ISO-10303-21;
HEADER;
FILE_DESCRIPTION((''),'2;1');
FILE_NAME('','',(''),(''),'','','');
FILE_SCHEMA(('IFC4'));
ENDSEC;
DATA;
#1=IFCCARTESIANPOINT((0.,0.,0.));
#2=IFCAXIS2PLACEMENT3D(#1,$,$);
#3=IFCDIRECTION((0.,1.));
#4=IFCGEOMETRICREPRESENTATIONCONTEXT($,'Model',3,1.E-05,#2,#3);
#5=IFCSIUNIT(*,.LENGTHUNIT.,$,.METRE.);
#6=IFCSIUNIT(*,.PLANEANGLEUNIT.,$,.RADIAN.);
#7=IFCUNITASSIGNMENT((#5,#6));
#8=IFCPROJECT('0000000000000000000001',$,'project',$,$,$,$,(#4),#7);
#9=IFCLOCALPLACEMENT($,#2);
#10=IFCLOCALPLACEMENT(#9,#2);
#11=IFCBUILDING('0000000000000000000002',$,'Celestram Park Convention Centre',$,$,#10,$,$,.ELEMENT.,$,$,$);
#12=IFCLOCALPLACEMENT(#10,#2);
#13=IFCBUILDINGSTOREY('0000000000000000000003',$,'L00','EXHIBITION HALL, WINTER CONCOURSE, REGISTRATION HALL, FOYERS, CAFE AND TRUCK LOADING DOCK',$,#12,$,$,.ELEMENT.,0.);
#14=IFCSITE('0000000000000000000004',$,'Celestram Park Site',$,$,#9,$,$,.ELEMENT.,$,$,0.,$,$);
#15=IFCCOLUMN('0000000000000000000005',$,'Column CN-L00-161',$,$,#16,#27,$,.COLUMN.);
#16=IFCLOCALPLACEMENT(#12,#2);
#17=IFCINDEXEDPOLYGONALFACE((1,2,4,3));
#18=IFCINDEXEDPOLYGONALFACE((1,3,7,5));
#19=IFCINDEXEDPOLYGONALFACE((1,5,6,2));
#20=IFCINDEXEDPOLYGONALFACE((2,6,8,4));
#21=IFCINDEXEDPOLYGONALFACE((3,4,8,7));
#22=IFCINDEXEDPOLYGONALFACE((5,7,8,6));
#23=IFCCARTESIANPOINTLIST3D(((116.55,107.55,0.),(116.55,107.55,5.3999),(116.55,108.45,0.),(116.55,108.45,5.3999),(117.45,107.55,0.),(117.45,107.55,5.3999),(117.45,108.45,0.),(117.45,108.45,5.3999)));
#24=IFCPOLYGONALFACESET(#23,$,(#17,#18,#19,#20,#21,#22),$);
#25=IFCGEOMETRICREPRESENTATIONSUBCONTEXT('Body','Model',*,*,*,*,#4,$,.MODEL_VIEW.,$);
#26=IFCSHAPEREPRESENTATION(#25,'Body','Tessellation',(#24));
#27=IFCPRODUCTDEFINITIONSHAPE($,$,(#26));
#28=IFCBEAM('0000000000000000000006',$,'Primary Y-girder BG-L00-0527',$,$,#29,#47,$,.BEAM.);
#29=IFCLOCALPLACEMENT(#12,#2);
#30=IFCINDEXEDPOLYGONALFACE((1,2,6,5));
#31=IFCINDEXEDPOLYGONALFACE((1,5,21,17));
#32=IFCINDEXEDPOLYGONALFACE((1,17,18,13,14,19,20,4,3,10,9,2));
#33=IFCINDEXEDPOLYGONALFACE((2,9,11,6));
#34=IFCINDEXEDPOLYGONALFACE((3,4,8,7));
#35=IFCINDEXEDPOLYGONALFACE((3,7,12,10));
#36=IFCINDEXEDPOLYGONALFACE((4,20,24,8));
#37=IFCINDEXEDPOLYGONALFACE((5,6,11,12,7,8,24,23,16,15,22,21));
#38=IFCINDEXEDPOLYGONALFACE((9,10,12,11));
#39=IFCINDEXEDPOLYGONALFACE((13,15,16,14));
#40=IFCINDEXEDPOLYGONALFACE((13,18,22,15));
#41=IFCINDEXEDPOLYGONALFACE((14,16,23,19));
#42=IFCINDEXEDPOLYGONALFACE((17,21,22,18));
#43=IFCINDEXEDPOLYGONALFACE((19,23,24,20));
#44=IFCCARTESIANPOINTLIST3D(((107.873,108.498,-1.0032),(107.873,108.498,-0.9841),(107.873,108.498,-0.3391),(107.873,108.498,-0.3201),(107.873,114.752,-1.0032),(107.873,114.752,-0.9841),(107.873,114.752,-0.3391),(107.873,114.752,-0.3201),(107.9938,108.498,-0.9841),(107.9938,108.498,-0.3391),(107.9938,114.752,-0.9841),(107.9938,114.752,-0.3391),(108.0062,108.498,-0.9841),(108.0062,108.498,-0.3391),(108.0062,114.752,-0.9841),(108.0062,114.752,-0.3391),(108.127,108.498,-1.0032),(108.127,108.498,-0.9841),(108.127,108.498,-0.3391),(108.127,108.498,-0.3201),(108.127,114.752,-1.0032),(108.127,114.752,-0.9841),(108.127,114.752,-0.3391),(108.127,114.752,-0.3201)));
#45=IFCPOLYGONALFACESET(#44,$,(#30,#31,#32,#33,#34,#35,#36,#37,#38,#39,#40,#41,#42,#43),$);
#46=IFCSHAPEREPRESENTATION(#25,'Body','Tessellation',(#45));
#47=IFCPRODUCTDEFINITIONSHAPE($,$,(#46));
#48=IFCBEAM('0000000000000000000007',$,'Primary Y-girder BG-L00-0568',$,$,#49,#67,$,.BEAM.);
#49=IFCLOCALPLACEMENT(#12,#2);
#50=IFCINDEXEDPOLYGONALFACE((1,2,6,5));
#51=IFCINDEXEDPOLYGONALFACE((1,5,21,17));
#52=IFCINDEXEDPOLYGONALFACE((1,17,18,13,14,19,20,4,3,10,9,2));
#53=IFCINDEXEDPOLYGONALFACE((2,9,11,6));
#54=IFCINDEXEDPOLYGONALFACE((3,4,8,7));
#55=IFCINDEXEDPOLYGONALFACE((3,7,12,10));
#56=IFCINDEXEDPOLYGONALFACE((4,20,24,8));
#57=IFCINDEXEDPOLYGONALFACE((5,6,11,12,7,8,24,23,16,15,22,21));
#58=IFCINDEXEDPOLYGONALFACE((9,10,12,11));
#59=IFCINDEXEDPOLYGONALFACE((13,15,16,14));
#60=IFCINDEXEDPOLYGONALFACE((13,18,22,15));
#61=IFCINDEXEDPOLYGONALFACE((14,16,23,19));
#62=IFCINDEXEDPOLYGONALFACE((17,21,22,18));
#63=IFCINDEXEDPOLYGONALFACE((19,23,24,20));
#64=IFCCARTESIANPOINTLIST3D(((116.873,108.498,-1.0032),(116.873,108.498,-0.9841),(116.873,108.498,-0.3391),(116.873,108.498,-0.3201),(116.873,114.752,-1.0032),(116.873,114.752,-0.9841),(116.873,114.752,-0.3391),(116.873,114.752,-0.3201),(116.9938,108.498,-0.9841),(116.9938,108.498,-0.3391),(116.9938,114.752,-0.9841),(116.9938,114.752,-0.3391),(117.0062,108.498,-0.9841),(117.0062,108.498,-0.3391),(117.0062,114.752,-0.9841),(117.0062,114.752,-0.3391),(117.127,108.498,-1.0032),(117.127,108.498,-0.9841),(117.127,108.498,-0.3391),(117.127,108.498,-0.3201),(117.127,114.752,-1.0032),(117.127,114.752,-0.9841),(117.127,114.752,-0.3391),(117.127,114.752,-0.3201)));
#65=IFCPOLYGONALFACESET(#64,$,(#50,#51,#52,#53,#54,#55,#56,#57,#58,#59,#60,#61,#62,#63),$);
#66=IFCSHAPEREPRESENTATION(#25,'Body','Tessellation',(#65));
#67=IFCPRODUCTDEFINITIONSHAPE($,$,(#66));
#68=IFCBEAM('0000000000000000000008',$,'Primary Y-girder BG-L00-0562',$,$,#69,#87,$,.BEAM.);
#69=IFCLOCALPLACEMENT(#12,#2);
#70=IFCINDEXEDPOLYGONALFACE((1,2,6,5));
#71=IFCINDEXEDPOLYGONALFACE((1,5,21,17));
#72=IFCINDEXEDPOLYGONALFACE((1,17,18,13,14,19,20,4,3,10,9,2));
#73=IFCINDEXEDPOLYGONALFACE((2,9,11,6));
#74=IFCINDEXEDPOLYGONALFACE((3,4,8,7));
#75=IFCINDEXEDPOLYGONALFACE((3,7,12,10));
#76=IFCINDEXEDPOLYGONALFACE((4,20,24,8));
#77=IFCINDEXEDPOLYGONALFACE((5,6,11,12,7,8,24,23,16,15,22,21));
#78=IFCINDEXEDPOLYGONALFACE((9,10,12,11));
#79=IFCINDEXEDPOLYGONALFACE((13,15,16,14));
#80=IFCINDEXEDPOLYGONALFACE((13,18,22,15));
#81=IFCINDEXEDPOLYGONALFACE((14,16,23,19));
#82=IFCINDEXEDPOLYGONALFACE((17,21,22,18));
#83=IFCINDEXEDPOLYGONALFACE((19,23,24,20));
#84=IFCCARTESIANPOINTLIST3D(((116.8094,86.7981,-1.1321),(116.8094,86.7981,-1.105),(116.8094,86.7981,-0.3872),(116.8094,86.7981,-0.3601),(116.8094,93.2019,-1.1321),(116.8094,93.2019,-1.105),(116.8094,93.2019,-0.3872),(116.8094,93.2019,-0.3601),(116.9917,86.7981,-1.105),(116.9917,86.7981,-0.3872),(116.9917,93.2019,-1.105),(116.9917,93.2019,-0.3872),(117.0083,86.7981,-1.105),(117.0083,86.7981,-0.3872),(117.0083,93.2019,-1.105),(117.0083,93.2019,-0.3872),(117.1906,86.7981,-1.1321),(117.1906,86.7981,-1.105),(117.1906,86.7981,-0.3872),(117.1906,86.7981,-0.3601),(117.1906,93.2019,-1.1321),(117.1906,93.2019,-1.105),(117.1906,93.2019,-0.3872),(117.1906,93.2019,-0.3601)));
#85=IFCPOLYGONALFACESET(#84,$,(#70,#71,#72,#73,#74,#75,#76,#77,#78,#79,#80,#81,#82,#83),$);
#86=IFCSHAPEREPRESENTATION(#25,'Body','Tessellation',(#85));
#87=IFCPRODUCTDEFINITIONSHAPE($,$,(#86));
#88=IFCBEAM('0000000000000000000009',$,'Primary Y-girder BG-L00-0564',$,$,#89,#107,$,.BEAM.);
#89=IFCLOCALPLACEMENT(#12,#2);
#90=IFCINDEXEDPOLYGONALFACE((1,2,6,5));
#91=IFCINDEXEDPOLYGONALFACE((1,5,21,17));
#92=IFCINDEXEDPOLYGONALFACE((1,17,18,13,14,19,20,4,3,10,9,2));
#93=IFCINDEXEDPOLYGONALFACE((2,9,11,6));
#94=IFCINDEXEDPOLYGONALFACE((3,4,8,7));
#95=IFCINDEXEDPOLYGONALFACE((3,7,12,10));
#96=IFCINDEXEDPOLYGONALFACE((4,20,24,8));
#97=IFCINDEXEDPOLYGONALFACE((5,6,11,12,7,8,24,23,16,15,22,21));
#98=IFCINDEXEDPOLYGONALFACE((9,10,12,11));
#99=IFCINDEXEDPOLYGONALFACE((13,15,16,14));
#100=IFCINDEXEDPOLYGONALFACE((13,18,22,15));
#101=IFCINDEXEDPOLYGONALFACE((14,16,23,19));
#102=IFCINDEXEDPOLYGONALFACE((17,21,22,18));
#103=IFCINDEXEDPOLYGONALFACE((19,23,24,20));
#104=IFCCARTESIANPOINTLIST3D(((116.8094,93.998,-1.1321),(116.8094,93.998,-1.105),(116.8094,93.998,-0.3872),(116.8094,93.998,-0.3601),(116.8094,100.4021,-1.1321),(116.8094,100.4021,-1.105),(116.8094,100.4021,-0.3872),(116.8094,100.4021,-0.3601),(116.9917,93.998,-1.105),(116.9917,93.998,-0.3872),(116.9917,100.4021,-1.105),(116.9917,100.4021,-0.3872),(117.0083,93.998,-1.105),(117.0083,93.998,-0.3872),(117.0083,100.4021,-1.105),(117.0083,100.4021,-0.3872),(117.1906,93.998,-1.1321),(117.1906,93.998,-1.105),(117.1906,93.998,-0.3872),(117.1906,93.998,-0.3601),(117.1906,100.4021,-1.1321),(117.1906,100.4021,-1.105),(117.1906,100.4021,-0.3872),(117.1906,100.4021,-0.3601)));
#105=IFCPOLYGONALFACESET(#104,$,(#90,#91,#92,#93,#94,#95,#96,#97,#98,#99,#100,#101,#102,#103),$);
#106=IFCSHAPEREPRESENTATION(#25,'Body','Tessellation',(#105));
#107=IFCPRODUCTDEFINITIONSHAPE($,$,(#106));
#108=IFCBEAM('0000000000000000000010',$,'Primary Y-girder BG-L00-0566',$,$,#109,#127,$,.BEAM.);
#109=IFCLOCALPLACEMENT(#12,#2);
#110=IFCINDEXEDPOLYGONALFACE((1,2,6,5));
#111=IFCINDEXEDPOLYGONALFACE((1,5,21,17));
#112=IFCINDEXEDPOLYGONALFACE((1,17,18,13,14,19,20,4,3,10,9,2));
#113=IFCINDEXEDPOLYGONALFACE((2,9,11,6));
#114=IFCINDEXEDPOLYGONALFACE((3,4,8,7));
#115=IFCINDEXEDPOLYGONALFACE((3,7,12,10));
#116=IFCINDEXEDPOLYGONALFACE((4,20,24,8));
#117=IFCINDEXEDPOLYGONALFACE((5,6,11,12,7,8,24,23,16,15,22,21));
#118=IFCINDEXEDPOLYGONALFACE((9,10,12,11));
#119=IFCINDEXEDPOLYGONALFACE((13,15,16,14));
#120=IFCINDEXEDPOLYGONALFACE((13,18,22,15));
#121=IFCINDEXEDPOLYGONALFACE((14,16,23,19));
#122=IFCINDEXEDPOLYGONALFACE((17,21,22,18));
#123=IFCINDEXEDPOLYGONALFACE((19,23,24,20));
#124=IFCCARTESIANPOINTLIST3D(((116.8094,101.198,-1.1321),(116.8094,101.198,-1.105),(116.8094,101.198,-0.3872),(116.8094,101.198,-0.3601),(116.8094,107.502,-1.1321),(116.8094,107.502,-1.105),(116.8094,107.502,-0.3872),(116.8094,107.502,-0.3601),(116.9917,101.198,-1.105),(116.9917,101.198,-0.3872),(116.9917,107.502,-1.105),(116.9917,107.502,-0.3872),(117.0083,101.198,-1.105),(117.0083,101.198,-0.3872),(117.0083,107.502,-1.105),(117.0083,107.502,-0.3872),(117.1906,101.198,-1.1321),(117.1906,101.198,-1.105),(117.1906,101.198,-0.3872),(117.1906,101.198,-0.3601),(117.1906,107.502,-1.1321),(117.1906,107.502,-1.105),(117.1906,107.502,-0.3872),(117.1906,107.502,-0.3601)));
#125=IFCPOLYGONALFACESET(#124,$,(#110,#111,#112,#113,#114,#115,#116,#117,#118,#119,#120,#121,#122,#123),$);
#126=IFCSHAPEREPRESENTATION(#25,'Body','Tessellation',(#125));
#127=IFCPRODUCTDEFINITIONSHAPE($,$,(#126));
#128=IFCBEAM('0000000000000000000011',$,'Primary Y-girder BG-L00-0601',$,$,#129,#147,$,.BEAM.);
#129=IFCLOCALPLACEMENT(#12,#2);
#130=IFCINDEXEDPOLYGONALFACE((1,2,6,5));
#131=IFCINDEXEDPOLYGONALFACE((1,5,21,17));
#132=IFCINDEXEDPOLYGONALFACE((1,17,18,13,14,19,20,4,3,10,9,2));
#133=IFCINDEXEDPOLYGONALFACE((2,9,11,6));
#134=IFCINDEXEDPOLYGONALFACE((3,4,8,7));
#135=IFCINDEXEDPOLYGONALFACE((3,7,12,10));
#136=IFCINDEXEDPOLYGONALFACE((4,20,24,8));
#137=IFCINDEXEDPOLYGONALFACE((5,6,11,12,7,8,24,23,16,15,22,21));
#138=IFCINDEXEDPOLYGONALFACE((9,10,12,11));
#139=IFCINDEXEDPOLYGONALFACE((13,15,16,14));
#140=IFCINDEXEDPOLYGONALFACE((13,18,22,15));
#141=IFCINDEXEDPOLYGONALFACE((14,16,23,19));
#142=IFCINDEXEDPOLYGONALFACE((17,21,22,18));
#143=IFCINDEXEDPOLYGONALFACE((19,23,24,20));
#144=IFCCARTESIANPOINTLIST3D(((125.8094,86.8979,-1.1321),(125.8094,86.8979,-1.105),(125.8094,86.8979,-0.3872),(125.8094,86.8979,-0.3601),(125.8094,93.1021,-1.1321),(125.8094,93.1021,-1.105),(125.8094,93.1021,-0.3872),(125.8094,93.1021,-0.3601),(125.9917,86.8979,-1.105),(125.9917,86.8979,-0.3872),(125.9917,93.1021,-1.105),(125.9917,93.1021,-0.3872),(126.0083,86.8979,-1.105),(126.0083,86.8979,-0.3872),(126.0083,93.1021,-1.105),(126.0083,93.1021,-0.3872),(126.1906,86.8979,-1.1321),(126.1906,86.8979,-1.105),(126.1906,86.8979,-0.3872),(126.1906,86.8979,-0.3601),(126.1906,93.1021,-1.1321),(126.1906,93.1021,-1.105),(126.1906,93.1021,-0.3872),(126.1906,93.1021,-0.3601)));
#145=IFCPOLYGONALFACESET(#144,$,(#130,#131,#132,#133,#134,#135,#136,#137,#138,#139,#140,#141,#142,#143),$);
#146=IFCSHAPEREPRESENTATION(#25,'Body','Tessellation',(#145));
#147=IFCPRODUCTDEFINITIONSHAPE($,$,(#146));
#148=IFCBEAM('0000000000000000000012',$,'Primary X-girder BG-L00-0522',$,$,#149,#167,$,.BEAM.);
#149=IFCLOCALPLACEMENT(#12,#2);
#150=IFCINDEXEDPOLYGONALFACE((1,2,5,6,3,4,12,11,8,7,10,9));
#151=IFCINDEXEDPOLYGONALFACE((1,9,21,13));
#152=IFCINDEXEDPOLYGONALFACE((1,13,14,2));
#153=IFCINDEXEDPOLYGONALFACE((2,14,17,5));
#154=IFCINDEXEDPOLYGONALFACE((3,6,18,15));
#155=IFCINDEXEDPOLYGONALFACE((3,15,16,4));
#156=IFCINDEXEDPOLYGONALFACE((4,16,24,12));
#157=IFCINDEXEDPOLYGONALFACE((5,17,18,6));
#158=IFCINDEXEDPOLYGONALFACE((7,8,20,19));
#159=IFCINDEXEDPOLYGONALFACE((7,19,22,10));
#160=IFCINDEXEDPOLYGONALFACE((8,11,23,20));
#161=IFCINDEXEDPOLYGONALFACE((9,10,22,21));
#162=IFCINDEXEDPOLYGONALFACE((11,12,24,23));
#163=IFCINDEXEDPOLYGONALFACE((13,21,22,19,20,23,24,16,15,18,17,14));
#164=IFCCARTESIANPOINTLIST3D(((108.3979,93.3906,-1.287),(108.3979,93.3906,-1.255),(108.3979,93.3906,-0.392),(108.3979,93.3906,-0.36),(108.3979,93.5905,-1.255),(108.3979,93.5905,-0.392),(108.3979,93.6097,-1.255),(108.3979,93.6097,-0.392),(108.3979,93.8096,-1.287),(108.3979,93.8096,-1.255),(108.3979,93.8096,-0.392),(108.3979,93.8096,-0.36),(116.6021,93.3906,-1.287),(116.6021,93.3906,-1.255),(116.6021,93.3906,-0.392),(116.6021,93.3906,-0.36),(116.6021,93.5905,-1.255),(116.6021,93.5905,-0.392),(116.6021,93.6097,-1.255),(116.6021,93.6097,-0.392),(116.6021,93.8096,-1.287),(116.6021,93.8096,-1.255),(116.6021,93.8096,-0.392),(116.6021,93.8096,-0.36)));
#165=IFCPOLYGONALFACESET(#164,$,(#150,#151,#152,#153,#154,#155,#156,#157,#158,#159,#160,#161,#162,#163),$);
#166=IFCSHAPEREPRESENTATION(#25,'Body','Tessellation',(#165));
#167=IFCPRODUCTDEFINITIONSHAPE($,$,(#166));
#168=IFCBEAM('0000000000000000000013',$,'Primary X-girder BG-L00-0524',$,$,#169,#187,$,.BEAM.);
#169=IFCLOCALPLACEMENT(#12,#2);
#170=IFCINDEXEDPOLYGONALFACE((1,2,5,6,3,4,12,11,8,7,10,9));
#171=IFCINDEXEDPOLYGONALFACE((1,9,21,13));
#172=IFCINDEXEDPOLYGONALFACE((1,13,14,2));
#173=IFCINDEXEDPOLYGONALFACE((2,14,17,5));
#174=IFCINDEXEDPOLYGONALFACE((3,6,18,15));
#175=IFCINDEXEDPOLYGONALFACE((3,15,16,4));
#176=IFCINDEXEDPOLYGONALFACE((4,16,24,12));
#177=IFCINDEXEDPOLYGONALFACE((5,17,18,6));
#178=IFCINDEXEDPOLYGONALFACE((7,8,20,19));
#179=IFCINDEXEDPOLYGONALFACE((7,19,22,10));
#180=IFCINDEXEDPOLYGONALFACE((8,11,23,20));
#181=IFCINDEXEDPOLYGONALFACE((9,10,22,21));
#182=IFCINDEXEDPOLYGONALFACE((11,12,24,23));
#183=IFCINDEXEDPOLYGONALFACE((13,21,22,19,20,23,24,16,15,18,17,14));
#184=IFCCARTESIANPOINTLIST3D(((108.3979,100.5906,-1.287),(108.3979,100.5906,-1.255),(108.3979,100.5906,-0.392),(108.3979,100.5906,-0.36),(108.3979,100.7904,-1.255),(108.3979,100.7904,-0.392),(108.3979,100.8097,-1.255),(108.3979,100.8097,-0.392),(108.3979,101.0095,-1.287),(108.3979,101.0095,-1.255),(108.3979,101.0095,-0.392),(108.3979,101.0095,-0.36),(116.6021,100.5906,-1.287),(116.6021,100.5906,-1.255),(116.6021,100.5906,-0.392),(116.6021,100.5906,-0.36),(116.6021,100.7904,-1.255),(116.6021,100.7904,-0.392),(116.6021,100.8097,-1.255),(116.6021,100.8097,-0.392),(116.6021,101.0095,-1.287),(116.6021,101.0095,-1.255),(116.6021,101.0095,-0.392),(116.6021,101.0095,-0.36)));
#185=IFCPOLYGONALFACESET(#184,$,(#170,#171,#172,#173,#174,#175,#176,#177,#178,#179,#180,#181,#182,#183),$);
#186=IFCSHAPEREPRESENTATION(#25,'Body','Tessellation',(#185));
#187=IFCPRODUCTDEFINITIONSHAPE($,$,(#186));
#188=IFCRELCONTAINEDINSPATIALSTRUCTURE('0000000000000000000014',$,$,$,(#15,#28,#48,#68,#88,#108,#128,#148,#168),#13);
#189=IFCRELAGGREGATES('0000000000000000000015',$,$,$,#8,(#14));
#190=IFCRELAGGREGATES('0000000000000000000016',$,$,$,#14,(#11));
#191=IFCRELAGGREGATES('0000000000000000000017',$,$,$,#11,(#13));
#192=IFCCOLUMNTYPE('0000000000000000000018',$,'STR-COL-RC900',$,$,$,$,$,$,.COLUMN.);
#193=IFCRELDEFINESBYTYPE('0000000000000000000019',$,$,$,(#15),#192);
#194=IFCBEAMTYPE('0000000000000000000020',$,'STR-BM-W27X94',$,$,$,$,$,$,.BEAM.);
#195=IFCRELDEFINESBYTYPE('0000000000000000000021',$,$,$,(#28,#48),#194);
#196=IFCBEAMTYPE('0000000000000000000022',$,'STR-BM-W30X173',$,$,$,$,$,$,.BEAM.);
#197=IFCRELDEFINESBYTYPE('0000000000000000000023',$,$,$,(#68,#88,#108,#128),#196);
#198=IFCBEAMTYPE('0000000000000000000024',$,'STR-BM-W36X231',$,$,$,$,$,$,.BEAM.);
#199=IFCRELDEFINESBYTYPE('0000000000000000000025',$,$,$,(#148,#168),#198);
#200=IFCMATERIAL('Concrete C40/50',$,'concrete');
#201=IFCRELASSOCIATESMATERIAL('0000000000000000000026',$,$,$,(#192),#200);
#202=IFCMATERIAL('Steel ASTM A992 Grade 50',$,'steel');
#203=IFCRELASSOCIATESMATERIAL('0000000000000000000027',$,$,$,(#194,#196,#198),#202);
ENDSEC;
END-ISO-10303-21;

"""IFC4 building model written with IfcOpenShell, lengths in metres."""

from ifc_helpers import new_model, si_unit, direction, frame, origin, origin_2d, place, context, subcontext, project, spatial, rectangle, i_section, extrude, material, material_profile, profile_set, type_object, element, save


model = new_model("IFC4")

# Units and contexts
model_context = context("Model", 3, precision=1e-05, world=origin(), true_north=direction((0.0, 1.0)))
body_context = subcontext(model_context, "Body", "Model", "MODEL_VIEW")
ifc_project = project(units=[si_unit("LENGTHUNIT", "METRE"), si_unit("PLANEANGLEUNIT", "RADIAN")], contexts=[model_context])

# Site, building, storey
site_placement = place(None, origin())
site = spatial("IfcSite", under=ifc_project, at=site_placement, Name="Celestram Park Site", CompositionType="ELEMENT", RefElevation=0.0)
building_placement = place(site_placement, origin())
building = spatial("IfcBuilding", under=site, at=building_placement, Name="Celestram Park Convention Centre", CompositionType="ELEMENT")
storey_placement = place(building_placement, origin())
storey = spatial("IfcBuildingStorey", under=building, at=storey_placement, Name="L00", Description="EXHIBITION HALL, WINTER CONCOURSE, REGISTRATION HALL, FOYERS, CAFE AND TRUCK LOADING DOCK", CompositionType="ELEMENT", Elevation=0.0)

# Column
ifc_material_1 = material(Name="Concrete C40/50", Category="concrete")
ifc_material_profile_1 = material_profile(ifc_material_1, rectangle(XDim=0.8999, YDim=0.8999, at=origin_2d()), Name="RC900X900")
ifc_profile_set_1 = profile_set([ifc_material_profile_1], Name="Concrete C40/50")
column_type = type_object("IfcColumnType", Name="STR-COL-RC900", PredefinedType="COLUMN", material=ifc_profile_set_1)
column_placement = place(storey_placement, frame((117.0, 108.0, 0.0), z_axis=(0.0, 0.0, 1.0), x_axis=(1.0, 0.0, 0.0)))
element("IfcColumn", 1, at=column_placement, inside=storey, type_object=column_type, Name="Column CN-L00-161", PredefinedType="COLUMN", context=body_context, shape_type="SweptSolid", body=[
    extrude(rectangle(XDim=0.8999, YDim=0.8999, at=origin_2d()), origin(), (0.0, 0.0, 1.0), 5.3999),
])

# Beams
ifc_material_2 = material(Name="Steel ASTM A992 Grade 50", Category="steel")
ifc_material_profile_2 = material_profile(ifc_material_2, i_section(OverallWidth=0.2539, OverallDepth=0.6831, WebThickness=0.0125, FlangeThickness=0.019, at=origin_2d()), Name="W27X94")
ifc_profile_set_2 = profile_set([ifc_material_profile_2], Name="Steel ASTM A992 Grade 50")
beam_type_1 = type_object("IfcBeamType", Name="STR-BM-W27X94", PredefinedType="BEAM", material=ifc_profile_set_2)
for number, where, z_axis, x_axis, name in (
    (2, (108.0, 108.498, -0.6616), (0.0, 1.0, 0.0), (-1.0, 0.0, 0.0), "Primary Y-girder BG-L00-0527"),
    (3, (117.0, 108.498, -0.6616), (0.0, 1.0, 0.0), (-1.0, 0.0, 0.0), "Primary Y-girder BG-L00-0568"),
):
    element("IfcBeam", number, at=place(storey_placement, frame(where, z_axis=z_axis, x_axis=x_axis)), inside=storey, type_object=beam_type_1, Name=name, PredefinedType="BEAM", context=body_context, shape_type="SweptSolid", body=[
        extrude(i_section(OverallWidth=0.2539, OverallDepth=0.6831, WebThickness=0.0125, FlangeThickness=0.019, at=origin_2d()), origin(), (0.0, 0.0, 1.0), 6.2539),
    ])
ifc_material_profile_3 = material_profile(ifc_material_2, i_section(OverallWidth=0.3811, OverallDepth=0.772, WebThickness=0.0166, FlangeThickness=0.0271, at=origin_2d()), Name="W30X173")
ifc_profile_set_3 = profile_set([ifc_material_profile_3], Name="Steel ASTM A992 Grade 50")
beam_type_2 = type_object("IfcBeamType", Name="STR-BM-W30X173", PredefinedType="BEAM", material=ifc_profile_set_3)
beam_1_placement = place(storey_placement, frame((117.0, 86.7981, -0.7461), z_axis=(0.0, 1.0, 0.0), x_axis=(-1.0, 0.0, 0.0)))
element("IfcBeam", 4, at=beam_1_placement, inside=storey, type_object=beam_type_2, Name="Primary Y-girder BG-L00-0562", PredefinedType="BEAM", context=body_context, shape_type="SweptSolid", body=[
    extrude(i_section(OverallWidth=0.3811, OverallDepth=0.772, WebThickness=0.0166, FlangeThickness=0.0271, at=origin_2d()), origin(), (0.0, 0.0, 1.0), 6.4038),
])
beam_2_placement = place(storey_placement, frame((117.0, 93.998, -0.7461), z_axis=(0.0, 1.0, 0.0), x_axis=(-1.0, 0.0, 0.0)))
element("IfcBeam", 5, at=beam_2_placement, inside=storey, type_object=beam_type_2, Name="Primary Y-girder BG-L00-0564", PredefinedType="BEAM", context=body_context, shape_type="SweptSolid", body=[
    extrude(i_section(OverallWidth=0.3811, OverallDepth=0.772, WebThickness=0.0166, FlangeThickness=0.0271, at=origin_2d()), origin(), (0.0, 0.0, 1.0), 6.4041),
])
beam_3_placement = place(storey_placement, frame((117.0, 101.198, -0.7461), z_axis=(0.0, 1.0, 0.0), x_axis=(-1.0, 0.0, 0.0)))
element("IfcBeam", 6, at=beam_3_placement, inside=storey, type_object=beam_type_2, Name="Primary Y-girder BG-L00-0566", PredefinedType="BEAM", context=body_context, shape_type="SweptSolid", body=[
    extrude(i_section(OverallWidth=0.3811, OverallDepth=0.772, WebThickness=0.0166, FlangeThickness=0.0271, at=origin_2d()), origin(), (0.0, 0.0, 1.0), 6.304),
])
beam_4_placement = place(storey_placement, frame((126.0, 86.8979, -0.7461), z_axis=(0.0, 1.0, 0.0), x_axis=(-1.0, 0.0, 0.0)))
element("IfcBeam", 7, at=beam_4_placement, inside=storey, type_object=beam_type_2, Name="Primary Y-girder BG-L00-0601", PredefinedType="BEAM", context=body_context, shape_type="SweptSolid", body=[
    extrude(i_section(OverallWidth=0.3811, OverallDepth=0.772, WebThickness=0.0166, FlangeThickness=0.0271, at=origin_2d()), origin(), (0.0, 0.0, 1.0), 6.2041),
])
ifc_material_profile_4 = material_profile(ifc_material_2, i_section(OverallWidth=0.4189, OverallDepth=0.927, WebThickness=0.0193, FlangeThickness=0.032, at=origin_2d()), Name="W36X231")
ifc_profile_set_4 = profile_set([ifc_material_profile_4], Name="Steel ASTM A992 Grade 50")
beam_type_3 = type_object("IfcBeamType", Name="STR-BM-W36X231", PredefinedType="BEAM", material=ifc_profile_set_4)
for number, where, z_axis, x_axis, name in (
    (8, (108.3979, 93.6001, -0.8235), (1.0, 0.0, 0.0), (0.0, 1.0, 0.0), "Primary X-girder BG-L00-0522"),
    (9, (108.3979, 100.8, -0.8235), (1.0, 0.0, 0.0), (0.0, 1.0, 0.0), "Primary X-girder BG-L00-0524"),
):
    element("IfcBeam", number, at=place(storey_placement, frame(where, z_axis=z_axis, x_axis=x_axis)), inside=storey, type_object=beam_type_3, Name=name, PredefinedType="BEAM", context=body_context, shape_type="SweptSolid", body=[
        extrude(i_section(OverallWidth=0.4189, OverallDepth=0.927, WebThickness=0.0193, FlangeThickness=0.032, at=origin_2d()), origin(), (0.0, 0.0, 1.0), 8.2041),
    ])

save(model, "model.ifc")
